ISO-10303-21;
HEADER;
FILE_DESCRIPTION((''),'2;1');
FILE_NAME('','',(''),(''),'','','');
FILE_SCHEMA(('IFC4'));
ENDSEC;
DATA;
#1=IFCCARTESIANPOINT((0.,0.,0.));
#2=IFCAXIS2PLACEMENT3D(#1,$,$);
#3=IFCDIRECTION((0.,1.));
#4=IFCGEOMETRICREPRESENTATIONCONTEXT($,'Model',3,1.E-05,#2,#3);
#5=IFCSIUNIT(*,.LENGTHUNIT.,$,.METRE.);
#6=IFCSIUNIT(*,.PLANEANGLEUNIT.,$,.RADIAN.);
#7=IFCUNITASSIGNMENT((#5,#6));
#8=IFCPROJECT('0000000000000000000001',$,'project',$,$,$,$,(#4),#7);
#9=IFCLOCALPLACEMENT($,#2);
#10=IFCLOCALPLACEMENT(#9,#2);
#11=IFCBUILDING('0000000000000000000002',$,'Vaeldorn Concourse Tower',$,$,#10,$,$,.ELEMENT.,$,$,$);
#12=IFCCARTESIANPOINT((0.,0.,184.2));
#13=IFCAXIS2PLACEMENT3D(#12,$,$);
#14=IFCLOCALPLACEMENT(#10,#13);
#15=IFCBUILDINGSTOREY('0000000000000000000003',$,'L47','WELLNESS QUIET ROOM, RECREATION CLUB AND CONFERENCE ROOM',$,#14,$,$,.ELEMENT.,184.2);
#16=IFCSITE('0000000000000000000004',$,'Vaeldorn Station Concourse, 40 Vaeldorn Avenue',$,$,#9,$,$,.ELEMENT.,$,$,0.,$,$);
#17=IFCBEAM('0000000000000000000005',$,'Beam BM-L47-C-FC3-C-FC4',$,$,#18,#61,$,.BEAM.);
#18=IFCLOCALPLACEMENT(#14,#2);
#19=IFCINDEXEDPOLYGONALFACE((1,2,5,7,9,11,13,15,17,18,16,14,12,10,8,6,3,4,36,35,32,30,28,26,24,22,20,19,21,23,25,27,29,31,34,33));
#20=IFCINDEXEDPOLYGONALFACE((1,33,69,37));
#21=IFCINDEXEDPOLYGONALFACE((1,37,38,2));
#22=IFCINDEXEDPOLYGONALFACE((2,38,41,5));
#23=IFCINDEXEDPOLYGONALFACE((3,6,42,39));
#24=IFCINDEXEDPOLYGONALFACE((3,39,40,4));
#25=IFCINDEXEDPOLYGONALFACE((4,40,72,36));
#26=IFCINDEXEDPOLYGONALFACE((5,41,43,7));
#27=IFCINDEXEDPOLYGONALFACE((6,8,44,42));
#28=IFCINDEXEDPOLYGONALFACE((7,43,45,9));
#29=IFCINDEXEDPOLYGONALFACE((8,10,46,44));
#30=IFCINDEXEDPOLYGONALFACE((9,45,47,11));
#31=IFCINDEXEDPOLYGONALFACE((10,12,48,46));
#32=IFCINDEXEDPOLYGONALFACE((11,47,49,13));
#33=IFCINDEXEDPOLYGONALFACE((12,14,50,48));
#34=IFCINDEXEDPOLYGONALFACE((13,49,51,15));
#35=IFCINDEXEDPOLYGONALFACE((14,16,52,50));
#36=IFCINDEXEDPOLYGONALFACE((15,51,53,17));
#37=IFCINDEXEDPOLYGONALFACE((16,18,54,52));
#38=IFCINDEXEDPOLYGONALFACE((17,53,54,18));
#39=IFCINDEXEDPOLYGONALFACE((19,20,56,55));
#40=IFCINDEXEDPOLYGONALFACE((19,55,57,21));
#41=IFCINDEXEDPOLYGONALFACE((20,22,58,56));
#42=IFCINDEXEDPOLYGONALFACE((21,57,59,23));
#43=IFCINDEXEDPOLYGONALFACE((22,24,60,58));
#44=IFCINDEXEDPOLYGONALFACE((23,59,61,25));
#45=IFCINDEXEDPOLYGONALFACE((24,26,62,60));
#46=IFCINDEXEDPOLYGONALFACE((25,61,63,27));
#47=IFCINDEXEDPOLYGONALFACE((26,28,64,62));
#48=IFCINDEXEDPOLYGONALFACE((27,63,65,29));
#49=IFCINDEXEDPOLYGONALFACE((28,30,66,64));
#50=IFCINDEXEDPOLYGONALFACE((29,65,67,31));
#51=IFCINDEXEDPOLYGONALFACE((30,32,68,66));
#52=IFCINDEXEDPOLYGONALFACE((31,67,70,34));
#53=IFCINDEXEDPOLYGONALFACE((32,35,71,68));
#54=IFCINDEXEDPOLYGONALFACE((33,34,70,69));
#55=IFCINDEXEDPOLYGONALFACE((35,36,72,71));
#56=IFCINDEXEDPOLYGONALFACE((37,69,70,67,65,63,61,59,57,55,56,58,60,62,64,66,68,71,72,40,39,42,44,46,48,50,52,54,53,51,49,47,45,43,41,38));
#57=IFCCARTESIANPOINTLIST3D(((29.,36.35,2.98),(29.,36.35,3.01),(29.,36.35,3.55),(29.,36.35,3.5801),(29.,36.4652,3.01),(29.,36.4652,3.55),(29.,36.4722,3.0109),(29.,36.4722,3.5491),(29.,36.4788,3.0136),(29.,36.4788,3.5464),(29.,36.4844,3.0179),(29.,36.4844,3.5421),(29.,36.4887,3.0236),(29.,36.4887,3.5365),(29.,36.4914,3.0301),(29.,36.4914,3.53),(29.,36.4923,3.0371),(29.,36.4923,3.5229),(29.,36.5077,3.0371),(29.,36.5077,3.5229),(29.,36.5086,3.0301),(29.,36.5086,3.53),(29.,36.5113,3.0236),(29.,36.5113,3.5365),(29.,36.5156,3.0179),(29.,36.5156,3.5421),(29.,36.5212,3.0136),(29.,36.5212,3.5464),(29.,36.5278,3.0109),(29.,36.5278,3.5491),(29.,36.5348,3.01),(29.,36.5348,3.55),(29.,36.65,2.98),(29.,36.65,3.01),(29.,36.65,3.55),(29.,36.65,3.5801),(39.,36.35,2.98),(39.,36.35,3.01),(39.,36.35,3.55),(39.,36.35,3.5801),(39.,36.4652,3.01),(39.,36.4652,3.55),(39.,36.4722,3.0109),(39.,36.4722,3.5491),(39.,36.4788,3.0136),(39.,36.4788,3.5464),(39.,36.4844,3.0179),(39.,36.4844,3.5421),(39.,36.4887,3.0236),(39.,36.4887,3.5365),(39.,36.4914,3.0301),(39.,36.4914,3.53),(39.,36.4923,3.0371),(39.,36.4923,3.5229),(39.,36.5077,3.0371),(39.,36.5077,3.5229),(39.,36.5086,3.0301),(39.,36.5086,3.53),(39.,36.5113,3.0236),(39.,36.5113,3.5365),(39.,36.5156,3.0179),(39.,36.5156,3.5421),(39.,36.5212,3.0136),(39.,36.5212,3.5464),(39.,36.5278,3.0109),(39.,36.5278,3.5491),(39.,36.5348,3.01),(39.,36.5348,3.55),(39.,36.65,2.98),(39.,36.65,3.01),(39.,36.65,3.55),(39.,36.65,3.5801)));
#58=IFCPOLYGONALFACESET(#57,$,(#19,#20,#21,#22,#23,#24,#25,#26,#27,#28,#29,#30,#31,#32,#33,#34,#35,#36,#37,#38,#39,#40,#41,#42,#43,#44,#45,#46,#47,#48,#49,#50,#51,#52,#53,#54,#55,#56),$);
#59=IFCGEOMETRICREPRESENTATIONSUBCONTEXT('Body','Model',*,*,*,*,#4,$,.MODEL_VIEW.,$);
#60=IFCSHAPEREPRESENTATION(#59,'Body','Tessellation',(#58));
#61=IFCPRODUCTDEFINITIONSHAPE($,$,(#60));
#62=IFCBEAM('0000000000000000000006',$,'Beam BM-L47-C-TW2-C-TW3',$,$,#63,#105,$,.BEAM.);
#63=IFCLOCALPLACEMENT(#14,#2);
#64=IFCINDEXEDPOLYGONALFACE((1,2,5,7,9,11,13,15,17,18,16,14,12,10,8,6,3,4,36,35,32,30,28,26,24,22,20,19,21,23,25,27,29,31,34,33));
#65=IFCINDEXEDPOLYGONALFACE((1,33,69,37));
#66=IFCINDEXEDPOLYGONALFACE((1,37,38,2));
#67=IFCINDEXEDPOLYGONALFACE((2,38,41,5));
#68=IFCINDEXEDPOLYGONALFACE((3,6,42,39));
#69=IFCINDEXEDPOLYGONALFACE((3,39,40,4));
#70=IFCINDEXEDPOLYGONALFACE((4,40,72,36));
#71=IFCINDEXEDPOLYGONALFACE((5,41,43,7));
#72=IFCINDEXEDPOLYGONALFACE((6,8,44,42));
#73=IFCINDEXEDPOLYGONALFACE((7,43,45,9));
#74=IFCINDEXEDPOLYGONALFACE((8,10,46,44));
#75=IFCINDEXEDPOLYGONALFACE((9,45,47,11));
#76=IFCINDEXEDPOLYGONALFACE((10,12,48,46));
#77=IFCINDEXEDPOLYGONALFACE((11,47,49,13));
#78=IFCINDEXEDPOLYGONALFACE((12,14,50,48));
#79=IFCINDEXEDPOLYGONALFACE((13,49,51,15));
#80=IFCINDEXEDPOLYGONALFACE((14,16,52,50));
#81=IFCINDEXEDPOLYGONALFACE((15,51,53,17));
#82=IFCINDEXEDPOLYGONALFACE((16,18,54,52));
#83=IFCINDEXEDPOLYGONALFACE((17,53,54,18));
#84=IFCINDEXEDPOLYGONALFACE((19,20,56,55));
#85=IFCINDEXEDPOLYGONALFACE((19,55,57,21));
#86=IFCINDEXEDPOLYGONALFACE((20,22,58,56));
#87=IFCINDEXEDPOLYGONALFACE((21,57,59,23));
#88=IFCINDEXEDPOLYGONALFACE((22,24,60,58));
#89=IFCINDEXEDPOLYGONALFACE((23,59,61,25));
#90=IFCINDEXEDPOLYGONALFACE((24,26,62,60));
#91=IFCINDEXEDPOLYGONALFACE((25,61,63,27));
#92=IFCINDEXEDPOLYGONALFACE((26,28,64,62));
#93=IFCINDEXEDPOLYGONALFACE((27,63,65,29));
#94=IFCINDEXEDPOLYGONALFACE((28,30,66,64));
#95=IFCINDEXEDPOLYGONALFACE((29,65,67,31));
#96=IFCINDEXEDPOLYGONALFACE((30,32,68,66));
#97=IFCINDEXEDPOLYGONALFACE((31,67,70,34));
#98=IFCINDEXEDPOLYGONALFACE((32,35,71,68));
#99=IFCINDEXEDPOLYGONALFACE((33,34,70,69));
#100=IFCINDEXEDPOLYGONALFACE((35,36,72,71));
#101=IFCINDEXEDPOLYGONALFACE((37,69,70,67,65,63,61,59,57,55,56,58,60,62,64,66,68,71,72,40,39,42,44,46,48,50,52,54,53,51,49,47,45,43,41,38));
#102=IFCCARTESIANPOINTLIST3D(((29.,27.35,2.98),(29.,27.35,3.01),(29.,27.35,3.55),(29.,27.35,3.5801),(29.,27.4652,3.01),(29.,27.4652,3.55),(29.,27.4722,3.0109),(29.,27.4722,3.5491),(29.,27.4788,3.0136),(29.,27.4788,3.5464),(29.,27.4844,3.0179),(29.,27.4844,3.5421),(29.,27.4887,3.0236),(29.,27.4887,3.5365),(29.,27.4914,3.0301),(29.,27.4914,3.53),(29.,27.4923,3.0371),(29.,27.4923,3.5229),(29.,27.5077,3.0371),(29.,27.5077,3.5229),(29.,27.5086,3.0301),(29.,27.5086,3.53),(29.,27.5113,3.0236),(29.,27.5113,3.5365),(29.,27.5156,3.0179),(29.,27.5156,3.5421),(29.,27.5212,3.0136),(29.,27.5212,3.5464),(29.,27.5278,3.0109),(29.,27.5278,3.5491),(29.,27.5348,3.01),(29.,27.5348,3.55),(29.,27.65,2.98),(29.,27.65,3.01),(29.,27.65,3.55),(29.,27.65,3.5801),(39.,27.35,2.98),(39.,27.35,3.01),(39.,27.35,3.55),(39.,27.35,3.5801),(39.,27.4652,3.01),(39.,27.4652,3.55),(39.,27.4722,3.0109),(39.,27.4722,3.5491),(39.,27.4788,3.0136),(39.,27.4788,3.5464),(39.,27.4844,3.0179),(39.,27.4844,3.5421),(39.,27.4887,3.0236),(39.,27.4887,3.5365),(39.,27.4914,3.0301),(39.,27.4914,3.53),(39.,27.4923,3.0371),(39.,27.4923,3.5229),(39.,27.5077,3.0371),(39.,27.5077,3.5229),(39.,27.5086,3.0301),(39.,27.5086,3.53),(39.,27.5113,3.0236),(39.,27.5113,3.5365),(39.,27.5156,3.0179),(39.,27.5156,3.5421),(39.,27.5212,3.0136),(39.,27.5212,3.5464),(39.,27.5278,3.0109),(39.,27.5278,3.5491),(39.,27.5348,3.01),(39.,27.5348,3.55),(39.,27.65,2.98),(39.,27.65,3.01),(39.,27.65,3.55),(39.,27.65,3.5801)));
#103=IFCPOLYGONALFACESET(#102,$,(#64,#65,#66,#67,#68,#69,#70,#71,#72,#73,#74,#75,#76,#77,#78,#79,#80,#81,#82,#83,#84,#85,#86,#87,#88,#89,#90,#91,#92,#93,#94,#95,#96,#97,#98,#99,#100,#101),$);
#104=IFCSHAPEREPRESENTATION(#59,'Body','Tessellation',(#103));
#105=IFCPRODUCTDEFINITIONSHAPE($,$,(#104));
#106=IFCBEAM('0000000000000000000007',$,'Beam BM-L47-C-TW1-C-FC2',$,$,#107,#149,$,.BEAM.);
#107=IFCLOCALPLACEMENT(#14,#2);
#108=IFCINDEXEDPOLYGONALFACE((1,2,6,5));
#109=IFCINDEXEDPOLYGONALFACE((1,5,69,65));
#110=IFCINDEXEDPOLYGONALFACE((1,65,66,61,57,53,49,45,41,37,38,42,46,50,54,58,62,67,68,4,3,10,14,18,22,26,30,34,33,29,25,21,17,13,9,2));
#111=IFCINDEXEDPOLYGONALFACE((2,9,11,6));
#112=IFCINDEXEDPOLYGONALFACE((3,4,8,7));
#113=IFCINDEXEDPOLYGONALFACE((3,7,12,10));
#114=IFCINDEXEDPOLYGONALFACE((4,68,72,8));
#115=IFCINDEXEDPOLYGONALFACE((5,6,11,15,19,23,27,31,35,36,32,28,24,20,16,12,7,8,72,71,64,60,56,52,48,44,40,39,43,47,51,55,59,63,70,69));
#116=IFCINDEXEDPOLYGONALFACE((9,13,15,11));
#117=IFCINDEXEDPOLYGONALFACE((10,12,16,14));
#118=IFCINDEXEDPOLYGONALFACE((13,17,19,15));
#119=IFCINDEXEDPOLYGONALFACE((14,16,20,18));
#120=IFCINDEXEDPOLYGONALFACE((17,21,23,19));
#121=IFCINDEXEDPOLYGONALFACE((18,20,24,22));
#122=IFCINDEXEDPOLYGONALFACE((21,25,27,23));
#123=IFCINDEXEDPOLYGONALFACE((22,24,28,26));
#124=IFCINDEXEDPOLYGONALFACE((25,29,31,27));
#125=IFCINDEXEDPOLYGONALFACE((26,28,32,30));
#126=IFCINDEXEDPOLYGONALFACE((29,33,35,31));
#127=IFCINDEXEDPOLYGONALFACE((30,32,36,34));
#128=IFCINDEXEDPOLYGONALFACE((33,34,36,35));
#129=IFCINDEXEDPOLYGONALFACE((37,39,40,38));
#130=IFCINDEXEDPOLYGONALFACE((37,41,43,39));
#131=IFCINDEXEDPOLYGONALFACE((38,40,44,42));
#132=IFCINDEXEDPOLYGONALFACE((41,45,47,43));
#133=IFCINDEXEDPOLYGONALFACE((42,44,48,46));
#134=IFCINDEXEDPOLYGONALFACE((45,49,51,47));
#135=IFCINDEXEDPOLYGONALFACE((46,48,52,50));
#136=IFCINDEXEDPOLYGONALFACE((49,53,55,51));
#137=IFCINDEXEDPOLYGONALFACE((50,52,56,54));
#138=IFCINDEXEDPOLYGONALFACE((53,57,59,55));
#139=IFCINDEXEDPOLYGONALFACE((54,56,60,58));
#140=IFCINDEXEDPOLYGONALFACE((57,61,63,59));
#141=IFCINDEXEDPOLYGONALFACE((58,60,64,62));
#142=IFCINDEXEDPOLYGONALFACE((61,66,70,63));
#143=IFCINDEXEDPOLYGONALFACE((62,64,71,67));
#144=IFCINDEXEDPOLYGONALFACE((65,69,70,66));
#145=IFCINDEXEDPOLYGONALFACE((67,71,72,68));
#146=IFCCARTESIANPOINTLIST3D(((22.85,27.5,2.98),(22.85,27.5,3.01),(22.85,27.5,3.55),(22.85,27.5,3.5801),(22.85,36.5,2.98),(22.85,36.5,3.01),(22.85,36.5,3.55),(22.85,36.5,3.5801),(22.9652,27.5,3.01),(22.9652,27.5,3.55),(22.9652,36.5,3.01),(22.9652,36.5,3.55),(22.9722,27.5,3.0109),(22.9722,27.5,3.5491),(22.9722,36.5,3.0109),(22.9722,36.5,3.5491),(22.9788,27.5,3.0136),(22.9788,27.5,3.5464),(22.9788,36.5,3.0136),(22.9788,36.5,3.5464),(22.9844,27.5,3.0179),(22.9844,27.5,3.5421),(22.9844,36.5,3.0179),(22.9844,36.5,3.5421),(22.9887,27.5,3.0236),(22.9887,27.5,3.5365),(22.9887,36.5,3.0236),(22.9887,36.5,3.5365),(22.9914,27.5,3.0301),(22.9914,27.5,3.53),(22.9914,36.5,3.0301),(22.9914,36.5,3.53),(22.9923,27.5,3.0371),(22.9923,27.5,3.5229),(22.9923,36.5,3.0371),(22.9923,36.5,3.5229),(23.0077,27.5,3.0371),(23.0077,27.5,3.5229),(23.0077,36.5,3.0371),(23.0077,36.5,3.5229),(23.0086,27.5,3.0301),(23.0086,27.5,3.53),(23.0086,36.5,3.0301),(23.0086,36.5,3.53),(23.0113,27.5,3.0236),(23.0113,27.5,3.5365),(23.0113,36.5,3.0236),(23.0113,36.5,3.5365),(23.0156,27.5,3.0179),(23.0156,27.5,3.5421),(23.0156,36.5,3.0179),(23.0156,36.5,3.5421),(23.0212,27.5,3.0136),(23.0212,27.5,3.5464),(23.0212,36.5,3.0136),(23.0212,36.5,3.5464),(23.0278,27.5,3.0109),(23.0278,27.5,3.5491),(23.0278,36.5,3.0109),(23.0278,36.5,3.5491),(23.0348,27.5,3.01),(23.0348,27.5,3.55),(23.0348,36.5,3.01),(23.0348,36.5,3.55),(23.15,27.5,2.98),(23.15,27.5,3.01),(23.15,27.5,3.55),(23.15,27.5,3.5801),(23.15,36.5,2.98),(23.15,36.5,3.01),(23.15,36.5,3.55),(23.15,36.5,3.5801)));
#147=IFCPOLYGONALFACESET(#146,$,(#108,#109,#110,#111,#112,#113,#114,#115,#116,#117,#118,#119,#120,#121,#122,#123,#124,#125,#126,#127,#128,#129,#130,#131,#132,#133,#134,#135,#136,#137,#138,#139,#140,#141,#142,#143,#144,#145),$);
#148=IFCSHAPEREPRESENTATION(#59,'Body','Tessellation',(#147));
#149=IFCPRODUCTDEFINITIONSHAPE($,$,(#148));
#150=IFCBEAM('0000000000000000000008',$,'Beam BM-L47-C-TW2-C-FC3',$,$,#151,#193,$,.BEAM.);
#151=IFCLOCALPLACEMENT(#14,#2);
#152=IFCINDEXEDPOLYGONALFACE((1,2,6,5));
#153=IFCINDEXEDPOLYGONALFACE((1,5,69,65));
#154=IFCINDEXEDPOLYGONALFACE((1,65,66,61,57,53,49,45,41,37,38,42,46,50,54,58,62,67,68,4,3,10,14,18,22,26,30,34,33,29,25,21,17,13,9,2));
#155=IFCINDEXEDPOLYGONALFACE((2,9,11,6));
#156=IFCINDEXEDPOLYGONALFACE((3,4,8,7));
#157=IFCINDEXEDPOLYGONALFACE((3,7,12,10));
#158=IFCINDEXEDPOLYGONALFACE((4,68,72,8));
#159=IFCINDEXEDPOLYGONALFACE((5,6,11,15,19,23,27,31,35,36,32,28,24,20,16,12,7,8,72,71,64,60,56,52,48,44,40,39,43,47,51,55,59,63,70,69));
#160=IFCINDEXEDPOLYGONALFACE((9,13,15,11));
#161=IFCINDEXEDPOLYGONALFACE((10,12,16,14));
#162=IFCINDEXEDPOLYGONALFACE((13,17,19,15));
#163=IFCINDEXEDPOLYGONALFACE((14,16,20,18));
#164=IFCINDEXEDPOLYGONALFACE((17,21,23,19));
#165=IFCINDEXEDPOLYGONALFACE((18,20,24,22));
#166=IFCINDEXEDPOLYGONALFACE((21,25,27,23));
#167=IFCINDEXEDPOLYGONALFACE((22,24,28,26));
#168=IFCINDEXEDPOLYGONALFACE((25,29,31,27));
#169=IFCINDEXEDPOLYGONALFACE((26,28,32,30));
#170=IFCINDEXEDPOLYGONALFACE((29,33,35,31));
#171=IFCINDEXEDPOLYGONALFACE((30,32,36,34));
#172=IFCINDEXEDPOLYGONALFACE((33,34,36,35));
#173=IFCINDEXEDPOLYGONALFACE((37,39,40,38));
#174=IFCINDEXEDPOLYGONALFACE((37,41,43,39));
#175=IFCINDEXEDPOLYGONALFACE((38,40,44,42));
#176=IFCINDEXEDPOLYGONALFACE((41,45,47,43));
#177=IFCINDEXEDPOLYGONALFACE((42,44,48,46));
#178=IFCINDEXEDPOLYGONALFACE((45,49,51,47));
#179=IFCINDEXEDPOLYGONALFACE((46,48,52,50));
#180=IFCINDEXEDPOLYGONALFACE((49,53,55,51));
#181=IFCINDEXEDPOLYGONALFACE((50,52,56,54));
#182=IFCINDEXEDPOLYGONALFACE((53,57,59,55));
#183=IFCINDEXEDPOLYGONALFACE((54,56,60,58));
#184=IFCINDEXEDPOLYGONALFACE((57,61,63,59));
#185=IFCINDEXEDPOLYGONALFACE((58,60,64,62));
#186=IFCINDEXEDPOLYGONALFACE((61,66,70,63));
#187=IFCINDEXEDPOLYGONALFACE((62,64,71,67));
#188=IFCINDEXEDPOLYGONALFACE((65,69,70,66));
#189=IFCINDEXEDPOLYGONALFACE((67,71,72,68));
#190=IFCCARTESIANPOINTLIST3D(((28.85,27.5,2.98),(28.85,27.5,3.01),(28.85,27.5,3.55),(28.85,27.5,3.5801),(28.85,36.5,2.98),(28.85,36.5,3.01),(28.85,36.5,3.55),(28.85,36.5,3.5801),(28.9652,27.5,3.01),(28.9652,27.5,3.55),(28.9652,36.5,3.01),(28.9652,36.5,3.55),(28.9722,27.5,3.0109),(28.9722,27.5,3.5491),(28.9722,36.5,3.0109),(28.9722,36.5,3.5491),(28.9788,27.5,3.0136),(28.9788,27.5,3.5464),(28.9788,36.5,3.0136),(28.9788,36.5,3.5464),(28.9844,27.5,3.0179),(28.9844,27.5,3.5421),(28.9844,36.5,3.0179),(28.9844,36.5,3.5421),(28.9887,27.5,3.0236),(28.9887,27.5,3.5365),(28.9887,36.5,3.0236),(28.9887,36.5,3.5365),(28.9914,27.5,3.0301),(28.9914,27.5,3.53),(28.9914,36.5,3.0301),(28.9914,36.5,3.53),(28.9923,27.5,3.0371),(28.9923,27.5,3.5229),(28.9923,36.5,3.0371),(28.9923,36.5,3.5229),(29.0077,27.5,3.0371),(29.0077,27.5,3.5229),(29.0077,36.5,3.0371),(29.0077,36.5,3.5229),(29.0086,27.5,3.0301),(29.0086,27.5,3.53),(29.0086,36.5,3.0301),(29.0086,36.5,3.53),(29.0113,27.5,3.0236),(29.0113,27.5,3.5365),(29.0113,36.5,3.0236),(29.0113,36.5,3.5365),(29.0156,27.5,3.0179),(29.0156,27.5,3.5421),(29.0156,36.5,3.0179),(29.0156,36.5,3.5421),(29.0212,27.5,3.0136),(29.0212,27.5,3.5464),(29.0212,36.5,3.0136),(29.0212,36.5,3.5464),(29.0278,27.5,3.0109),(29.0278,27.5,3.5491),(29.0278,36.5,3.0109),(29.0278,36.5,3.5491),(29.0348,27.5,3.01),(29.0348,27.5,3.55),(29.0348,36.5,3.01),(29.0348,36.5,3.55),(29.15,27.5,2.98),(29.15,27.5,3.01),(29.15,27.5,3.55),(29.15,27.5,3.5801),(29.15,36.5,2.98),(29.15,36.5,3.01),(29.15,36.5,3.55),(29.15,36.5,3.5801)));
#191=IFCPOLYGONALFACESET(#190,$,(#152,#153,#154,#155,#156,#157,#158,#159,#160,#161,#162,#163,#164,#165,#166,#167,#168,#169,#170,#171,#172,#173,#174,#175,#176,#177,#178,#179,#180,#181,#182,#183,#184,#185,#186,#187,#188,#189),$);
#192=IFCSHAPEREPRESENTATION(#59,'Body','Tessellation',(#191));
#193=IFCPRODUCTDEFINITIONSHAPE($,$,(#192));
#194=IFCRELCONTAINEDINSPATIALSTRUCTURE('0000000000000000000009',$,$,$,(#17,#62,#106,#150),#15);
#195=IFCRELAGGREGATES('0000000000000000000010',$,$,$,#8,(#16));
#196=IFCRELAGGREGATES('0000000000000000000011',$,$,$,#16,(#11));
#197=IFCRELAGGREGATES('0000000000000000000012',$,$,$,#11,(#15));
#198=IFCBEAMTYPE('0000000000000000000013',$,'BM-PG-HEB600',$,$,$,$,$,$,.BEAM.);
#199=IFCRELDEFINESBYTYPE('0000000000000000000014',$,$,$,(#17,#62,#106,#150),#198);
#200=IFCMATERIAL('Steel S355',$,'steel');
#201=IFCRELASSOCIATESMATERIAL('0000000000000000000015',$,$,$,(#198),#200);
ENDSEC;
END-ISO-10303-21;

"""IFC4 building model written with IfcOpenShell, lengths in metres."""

from ifc_helpers import new_model, si_unit, direction, frame, origin, origin_2d, place, context, subcontext, project, spatial, i_section, extrude, source, transform, mapped, material, material_profile, profile_set, type_object, element, save


model = new_model("IFC4")

# Units and contexts
model_context = context("Model", 3, precision=1e-05, world=origin(), true_north=direction((0.0, 1.0)))
body_context = subcontext(model_context, "Body", "Model", "MODEL_VIEW")
ifc_project = project(units=[si_unit("LENGTHUNIT", "METRE"), si_unit("PLANEANGLEUNIT", "RADIAN")], contexts=[model_context])

# Site, building, storey
site_placement = place(None, origin())
site = spatial("IfcSite", under=ifc_project, at=site_placement, Name="Vaeldorn Station Concourse, 40 Vaeldorn Avenue", CompositionType="ELEMENT", RefElevation=0.0)
building_placement = place(site_placement, origin())
building = spatial("IfcBuilding", under=site, at=building_placement, Name="Vaeldorn Concourse Tower", CompositionType="ELEMENT")
storey_placement = place(building_placement, frame((0.0, 0.0, 184.2)))
storey = spatial("IfcBuildingStorey", under=building, at=storey_placement, Name="L47", Description="WELLNESS QUIET ROOM, RECREATION CLUB AND CONFERENCE ROOM", CompositionType="ELEMENT", Elevation=184.2)

# Shared definitions
ifc_material_1 = material(Name="Steel S355", Category="steel")

# Beams
ifc_material_profile_1 = material_profile(ifc_material_1, i_section(OverallWidth=0.3, OverallDepth=0.6001, WebThickness=0.0154, FlangeThickness=0.03, FilletRadius=0.0271, at=origin_2d()), Name="HEB 600")
ifc_profile_set_1 = profile_set([ifc_material_profile_1], Name="Steel S355")
beam_type_1 = type_object("IfcBeamType", Name="BM-PG-HEB600", PredefinedType="BEAM", material=ifc_profile_set_1)
shared_shape_1 = source(origin(), body_context, "Body", "SweptSolid", [
    extrude(i_section(OverallWidth=0.3, OverallDepth=0.6001, WebThickness=0.0154, FlangeThickness=0.03, FilletRadius=0.0271, at=origin_2d()), origin(), (0.0, 0.0, 1.0), 10.0),
])
for number, where, z_axis, x_axis, name in (
    (1, (29.0, 36.5, 3.28), (1.0, 0.0, 0.0), (0.0, 1.0, 0.0), "Beam BM-L47-C-FC3-C-FC4"),
    (2, (29.0, 27.5, 3.28), (1.0, 0.0, 0.0), (0.0, 1.0, 0.0), "Beam BM-L47-C-TW2-C-TW3"),
):
    element("IfcBeam", number, at=place(storey_placement, frame(where, z_axis=z_axis, x_axis=x_axis)), inside=storey, type_object=beam_type_1, Name=name, PredefinedType="BEAM", context=body_context, shape_type="MappedRepresentation", body=[
        mapped(shared_shape_1, transform((0.0, 0.0, 0.0), scale=1.0)),
    ])
shared_shape_2 = source(origin(), body_context, "Body", "SweptSolid", [
    extrude(i_section(OverallWidth=0.3, OverallDepth=0.6001, WebThickness=0.0154, FlangeThickness=0.03, FilletRadius=0.0271, at=origin_2d()), origin(), (0.0, 0.0, 1.0), 9.0),
])
for number, where, z_axis, x_axis, name in (
    (3, (23.0, 27.5, 3.28), (0.0, 1.0, 0.0), (-1.0, 0.0, 0.0), "Beam BM-L47-C-TW1-C-FC2"),
    (4, (29.0, 27.5, 3.28), (0.0, 1.0, 0.0), (-1.0, 0.0, 0.0), "Beam BM-L47-C-TW2-C-FC3"),
):
    element("IfcBeam", number, at=place(storey_placement, frame(where, z_axis=z_axis, x_axis=x_axis)), inside=storey, type_object=beam_type_1, Name=name, PredefinedType="BEAM", context=body_context, shape_type="MappedRepresentation", body=[
        mapped(shared_shape_2, transform((0.0, 0.0, 0.0), scale=1.0)),
    ])

save(model, "model.ifc")
